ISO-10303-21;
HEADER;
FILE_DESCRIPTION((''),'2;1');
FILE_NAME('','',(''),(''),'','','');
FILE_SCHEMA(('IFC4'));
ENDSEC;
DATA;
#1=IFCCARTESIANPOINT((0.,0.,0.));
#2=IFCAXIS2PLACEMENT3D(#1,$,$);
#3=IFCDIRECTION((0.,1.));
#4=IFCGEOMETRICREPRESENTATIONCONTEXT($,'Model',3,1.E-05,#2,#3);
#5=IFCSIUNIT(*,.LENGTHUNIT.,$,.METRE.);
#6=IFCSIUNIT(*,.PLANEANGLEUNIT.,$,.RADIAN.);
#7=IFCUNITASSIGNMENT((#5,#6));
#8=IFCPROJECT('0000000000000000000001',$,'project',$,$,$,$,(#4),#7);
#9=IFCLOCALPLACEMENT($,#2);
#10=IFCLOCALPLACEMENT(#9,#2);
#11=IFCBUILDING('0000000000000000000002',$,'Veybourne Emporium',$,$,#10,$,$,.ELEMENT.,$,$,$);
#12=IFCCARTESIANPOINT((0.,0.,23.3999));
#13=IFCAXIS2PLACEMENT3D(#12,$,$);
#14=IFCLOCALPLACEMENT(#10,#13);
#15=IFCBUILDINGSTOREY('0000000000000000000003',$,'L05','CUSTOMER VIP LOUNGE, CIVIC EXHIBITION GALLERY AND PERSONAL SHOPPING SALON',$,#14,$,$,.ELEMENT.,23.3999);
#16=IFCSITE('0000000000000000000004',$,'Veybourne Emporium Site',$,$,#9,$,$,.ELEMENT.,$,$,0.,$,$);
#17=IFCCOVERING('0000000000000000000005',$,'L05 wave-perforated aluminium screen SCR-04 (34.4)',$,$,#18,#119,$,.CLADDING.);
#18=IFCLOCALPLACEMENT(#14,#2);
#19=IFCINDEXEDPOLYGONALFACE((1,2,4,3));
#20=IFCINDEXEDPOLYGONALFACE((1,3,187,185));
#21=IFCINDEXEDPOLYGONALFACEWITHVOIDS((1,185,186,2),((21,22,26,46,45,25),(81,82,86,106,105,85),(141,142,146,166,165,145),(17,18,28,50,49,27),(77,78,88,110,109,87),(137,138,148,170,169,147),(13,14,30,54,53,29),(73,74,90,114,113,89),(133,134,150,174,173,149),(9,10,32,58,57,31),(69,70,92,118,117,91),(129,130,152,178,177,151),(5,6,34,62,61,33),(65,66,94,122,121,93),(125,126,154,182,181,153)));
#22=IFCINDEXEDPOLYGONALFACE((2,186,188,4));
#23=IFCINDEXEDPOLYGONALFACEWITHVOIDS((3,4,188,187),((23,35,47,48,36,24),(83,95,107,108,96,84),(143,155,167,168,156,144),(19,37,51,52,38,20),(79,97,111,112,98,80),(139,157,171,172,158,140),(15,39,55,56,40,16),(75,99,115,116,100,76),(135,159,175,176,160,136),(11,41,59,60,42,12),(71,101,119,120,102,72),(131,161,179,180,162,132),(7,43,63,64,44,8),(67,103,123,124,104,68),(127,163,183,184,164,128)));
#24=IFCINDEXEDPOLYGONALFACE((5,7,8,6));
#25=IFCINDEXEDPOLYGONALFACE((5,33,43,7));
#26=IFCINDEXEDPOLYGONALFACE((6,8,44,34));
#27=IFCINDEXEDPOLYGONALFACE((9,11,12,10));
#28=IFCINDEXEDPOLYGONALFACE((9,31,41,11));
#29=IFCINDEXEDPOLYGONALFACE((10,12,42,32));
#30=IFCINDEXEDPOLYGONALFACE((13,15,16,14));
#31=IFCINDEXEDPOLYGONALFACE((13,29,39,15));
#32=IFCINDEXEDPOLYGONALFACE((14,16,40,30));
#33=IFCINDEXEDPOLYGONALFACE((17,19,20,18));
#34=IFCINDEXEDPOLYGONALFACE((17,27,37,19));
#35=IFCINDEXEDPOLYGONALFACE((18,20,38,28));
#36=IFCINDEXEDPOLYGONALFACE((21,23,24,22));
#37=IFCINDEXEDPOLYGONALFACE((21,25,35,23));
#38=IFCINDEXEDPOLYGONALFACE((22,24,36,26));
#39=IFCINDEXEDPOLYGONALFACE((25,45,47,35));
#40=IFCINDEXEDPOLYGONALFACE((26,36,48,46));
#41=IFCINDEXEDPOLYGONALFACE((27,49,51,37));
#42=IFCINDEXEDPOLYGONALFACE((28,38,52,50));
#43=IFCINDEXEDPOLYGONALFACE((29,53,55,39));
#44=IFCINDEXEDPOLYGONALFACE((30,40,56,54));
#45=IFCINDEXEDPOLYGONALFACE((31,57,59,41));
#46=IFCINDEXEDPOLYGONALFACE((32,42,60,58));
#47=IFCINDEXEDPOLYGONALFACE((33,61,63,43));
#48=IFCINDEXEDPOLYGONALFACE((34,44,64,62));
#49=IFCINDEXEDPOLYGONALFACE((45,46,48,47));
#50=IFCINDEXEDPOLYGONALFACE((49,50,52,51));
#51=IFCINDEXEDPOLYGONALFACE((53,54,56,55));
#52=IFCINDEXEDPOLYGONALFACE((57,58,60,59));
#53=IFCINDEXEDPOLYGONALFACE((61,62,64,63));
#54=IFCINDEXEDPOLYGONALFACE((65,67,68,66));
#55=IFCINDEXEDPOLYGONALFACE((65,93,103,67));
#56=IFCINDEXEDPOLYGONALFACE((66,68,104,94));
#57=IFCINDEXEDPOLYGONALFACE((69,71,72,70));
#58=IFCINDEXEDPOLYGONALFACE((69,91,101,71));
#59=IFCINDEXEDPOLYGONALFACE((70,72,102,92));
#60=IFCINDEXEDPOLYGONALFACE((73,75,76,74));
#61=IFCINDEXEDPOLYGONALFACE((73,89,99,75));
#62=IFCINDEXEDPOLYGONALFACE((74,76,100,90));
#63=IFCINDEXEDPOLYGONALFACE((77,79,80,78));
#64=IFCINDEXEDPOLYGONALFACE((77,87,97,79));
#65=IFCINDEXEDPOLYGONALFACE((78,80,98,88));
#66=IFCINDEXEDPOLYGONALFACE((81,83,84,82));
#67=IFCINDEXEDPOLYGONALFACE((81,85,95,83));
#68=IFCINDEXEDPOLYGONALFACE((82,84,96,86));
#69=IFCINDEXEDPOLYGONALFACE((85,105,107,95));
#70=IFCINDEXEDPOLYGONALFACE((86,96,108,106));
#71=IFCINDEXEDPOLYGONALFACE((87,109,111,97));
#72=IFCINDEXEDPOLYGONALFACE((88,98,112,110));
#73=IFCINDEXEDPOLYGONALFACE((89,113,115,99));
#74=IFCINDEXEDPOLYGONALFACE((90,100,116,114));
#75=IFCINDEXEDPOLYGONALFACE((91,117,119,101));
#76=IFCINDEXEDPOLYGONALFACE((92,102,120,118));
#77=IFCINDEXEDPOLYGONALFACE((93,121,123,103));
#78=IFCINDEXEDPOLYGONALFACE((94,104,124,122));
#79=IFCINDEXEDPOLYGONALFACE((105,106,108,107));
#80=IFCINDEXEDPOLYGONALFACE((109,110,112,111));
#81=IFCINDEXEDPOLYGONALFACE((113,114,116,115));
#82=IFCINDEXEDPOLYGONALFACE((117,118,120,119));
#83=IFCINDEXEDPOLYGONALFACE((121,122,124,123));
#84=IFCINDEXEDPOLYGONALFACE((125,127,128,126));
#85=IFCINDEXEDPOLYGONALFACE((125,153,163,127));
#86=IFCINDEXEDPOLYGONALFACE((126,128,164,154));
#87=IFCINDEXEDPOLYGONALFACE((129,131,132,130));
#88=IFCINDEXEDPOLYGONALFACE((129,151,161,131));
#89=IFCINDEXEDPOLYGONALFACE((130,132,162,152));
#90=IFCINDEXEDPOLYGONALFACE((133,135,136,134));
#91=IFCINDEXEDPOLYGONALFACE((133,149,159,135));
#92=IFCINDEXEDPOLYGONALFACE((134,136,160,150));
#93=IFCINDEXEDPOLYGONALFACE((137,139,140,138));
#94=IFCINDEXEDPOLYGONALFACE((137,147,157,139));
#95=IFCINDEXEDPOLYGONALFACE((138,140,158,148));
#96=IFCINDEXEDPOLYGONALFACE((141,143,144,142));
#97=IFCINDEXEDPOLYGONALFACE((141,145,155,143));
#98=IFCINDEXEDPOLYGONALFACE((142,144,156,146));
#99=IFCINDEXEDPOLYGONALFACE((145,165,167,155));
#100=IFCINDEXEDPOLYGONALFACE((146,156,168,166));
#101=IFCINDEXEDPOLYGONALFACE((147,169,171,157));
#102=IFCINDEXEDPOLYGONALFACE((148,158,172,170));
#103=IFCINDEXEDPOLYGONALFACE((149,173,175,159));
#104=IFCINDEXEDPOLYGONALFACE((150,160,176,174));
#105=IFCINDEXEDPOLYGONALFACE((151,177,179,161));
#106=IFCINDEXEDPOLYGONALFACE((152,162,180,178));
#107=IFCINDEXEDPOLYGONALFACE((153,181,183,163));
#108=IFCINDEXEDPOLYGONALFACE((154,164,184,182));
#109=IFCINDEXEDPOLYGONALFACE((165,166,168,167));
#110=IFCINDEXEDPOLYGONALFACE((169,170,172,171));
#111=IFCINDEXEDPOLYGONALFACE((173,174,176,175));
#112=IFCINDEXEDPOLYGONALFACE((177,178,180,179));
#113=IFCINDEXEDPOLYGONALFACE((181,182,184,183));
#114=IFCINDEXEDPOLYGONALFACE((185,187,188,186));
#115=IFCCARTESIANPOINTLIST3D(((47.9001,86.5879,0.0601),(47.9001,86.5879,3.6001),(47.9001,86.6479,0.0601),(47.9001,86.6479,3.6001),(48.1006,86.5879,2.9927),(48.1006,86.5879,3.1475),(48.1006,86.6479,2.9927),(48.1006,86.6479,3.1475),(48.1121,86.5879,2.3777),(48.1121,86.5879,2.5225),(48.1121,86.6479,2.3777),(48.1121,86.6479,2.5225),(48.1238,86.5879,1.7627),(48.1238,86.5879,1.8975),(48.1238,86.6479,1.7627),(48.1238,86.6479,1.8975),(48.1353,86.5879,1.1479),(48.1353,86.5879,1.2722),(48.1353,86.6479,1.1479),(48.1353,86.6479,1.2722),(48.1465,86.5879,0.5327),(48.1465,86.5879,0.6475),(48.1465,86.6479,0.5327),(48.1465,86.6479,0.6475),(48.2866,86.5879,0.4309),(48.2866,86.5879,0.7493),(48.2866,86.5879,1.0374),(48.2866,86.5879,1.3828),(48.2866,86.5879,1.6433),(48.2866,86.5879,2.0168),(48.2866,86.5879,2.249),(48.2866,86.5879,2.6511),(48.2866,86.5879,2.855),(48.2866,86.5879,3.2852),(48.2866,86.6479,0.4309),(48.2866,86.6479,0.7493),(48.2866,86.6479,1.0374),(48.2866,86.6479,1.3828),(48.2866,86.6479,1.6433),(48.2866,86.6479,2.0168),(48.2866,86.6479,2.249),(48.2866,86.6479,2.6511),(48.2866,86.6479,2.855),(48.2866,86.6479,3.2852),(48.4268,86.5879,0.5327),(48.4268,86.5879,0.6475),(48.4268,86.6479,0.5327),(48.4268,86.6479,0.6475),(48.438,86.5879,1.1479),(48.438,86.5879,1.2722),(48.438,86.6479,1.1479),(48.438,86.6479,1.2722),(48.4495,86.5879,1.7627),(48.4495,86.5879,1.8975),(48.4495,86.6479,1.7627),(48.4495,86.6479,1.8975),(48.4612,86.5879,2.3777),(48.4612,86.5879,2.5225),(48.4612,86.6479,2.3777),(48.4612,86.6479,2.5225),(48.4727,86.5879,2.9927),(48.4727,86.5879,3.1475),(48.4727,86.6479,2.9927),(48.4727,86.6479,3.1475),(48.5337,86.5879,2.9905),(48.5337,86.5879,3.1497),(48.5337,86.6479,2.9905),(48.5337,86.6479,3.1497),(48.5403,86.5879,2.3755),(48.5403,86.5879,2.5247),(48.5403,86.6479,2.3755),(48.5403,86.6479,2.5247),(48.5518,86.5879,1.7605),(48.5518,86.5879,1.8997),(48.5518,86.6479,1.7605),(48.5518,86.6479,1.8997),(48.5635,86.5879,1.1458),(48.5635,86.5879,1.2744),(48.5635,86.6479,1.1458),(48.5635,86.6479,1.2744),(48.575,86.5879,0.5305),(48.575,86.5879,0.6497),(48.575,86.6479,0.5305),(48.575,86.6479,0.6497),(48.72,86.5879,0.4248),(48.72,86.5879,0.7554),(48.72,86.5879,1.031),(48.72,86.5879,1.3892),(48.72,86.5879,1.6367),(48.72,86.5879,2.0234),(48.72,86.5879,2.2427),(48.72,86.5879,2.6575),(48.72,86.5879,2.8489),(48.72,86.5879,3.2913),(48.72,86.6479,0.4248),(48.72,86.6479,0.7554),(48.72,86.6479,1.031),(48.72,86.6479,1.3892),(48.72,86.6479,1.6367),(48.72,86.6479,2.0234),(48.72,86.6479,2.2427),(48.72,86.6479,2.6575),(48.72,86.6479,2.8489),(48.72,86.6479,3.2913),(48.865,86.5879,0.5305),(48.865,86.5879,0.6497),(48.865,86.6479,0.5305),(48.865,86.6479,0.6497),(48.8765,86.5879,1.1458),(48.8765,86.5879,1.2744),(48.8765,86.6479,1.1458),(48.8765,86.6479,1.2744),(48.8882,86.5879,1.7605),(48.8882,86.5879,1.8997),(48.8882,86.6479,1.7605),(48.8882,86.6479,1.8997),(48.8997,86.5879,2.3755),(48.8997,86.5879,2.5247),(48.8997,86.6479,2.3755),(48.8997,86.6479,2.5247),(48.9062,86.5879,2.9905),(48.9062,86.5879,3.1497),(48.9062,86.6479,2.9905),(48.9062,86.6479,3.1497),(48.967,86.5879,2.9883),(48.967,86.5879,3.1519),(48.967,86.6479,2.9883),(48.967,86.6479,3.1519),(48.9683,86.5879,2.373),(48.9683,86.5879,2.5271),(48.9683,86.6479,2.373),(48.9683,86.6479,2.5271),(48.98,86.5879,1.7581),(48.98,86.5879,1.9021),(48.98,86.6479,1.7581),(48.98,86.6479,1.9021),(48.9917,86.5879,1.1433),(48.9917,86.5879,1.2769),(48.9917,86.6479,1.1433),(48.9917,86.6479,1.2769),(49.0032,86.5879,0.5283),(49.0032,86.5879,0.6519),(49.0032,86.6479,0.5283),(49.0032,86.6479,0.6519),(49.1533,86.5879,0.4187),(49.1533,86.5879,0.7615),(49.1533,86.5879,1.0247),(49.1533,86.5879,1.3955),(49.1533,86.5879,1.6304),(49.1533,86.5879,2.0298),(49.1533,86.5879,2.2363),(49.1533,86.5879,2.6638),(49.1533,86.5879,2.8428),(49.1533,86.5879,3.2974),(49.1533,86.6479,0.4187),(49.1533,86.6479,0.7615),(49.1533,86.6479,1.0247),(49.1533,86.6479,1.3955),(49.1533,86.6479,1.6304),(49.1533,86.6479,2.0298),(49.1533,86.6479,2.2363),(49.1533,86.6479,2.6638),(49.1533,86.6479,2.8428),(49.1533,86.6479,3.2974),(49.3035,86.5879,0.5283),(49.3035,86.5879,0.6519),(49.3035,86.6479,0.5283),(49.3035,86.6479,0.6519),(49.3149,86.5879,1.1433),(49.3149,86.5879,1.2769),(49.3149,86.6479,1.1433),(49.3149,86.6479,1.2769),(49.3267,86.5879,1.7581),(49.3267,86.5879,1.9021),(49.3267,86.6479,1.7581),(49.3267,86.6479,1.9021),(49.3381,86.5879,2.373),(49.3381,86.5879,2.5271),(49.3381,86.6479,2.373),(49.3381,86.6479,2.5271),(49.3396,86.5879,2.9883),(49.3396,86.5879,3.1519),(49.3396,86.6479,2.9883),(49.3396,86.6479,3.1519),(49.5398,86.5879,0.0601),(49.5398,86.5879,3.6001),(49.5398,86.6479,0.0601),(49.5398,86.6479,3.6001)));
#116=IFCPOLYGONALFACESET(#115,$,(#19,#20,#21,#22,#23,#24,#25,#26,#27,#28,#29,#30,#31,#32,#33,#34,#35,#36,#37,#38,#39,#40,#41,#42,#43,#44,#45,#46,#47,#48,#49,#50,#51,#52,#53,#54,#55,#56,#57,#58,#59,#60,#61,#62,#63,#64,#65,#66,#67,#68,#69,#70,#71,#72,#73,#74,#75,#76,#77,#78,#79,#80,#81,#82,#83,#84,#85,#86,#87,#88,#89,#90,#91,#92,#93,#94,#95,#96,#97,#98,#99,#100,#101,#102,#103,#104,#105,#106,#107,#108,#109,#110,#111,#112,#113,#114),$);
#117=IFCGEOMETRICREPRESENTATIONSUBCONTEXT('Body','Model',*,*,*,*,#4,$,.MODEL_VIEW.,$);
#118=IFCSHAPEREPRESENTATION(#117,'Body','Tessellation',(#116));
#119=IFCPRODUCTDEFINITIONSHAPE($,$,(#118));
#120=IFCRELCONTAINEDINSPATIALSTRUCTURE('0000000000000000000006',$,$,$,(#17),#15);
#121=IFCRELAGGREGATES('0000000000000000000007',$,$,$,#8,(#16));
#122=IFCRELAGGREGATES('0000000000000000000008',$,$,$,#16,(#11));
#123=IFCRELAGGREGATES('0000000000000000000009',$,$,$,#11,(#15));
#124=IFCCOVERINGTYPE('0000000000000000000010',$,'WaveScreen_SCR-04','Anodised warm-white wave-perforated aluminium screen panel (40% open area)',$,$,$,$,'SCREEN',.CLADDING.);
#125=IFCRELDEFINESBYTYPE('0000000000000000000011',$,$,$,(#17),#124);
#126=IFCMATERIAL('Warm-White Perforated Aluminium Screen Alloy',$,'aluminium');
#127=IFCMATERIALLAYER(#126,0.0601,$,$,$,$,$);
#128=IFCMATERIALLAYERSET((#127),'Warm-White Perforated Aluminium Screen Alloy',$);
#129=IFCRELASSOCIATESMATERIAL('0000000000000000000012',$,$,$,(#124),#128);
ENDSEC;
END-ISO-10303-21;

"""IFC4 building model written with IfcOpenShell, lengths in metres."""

from ifc_helpers import new_model, si_unit, direction, frame, origin, place, context, subcontext, project, spatial, polyline, outline, extrude, material, layer, layer_set, type_object, element, save


model = new_model("IFC4")

# Units and contexts
model_context = context("Model", 3, precision=1e-05, world=origin(), true_north=direction((0.0, 1.0)))
body_context = subcontext(model_context, "Body", "Model", "MODEL_VIEW")
ifc_project = project(units=[si_unit("LENGTHUNIT", "METRE"), si_unit("PLANEANGLEUNIT", "RADIAN")], contexts=[model_context])

# Site, building, storey
site_placement = place(None, origin())
site = spatial("IfcSite", under=ifc_project, at=site_placement, Name="Veybourne Emporium Site", CompositionType="ELEMENT", RefElevation=0.0)
building_placement = place(site_placement, origin())
building = spatial("IfcBuilding", under=site, at=building_placement, Name="Veybourne Emporium", CompositionType="ELEMENT")
storey_placement = place(building_placement, frame((0.0, 0.0, 23.3999)))
storey = spatial("IfcBuildingStorey", under=building, at=storey_placement, Name="L05", Description="CUSTOMER VIP LOUNGE, CIVIC EXHIBITION GALLERY AND PERSONAL SHOPPING SALON", CompositionType="ELEMENT", Elevation=23.3999)

# Covering
ifc_material_1 = material(Name="Warm-White Perforated Aluminium Screen Alloy", Category="aluminium")
ifc_layer_1 = layer(ifc_material_1, 0.0601)
ifc_layer_set_1 = layer_set([ifc_layer_1], Name="Warm-White Perforated Aluminium Screen Alloy")
covering_type_1 = type_object("IfcCoveringType", Name="WaveScreen_SCR-04", Description="Anodised warm-white wave-perforated aluminium screen panel (40% open area)", ElementType="SCREEN", PredefinedType="CLADDING", material=ifc_layer_set_1)
covering_1_placement = place(storey_placement, frame((48.72, 86.6479, 1.8301), z_axis=(0.0, -1.0, 0.0), x_axis=(1.0, 0.0, 0.0)))
element("IfcCovering", 1, at=covering_1_placement, inside=storey, type_object=covering_type_1, Name="L05 wave-perforated aluminium screen SCR-04 (34.4)", PredefinedType="CLADDING", context=body_context, shape_type="SweptSolid", body=[
    extrude(outline(polyline([(-0.8198, -1.77), (0.8198, -1.77), (0.8198, 1.77), (-0.8198, 1.77), (-0.8198, -1.77)]), holes=[polyline([(-0.4333, -1.0808), (-0.2932, -1.1826), (-0.2932, -1.2974), (-0.4333, -1.3992), (-0.5735, -1.2974), (-0.5735, -1.1826), (-0.4333, -1.0808)]), polyline([(-0.4333, -0.4473), (-0.282, -0.5579), (-0.282, -0.6821), (-0.4333, -0.7927), (-0.5847, -0.6821), (-0.5847, -0.5579), (-0.4333, -0.4473)]), polyline([(-0.4333, 0.1868), (-0.2705, 0.0674), (-0.2705, -0.0674), (-0.4333, -0.1868), (-0.5962, -0.0674), (-0.5962, 0.0674), (-0.4333, 0.1868)]), polyline([(-0.4333, 0.821), (-0.2588, 0.6924), (-0.2588, 0.5476), (-0.4333, 0.4189), (-0.6079, 0.5476), (-0.6079, 0.6924), (-0.4333, 0.821)]), polyline([(-0.4333, 1.4551), (-0.2473, 1.3174), (-0.2473, 1.1626), (-0.4333, 1.0249), (-0.6194, 1.1626), (-0.6194, 1.3174), (-0.4333, 1.4551)]), polyline([(0.0, -1.0747), (0.145, -1.1804), (0.145, -1.2996), (0.0, -1.4053), (-0.145, -1.2996), (-0.145, -1.1804), (0.0, -1.0747)]), polyline([(0.0, -0.4409), (0.1565, -0.5557), (0.1565, -0.6843), (0.0, -0.7991), (-0.1565, -0.6843), (-0.1565, -0.5557), (0.0, -0.4409)]), polyline([(0.0, 0.1934), (0.1682, 0.0696), (0.1682, -0.0696), (0.0, -0.1934), (-0.1682, -0.0696), (-0.1682, 0.0696), (0.0, 0.1934)]), polyline([(0.0, 0.8274), (0.1797, 0.6946), (0.1797, 0.5454), (0.0, 0.4126), (-0.1797, 0.5454), (-0.1797, 0.6946), (0.0, 0.8274)]), polyline([(0.0, 1.4612), (0.1863, 1.3196), (0.1863, 1.1604), (0.0, 1.0188), (-0.1863, 1.1604), (-0.1863, 1.3196), (0.0, 1.4612)]), polyline([(0.4333, -1.0686), (0.5835, -1.1782), (0.5835, -1.3018), (0.4333, -1.4114), (0.2832, -1.3018), (0.2832, -1.1782), (0.4333, -1.0686)]), polyline([(0.4333, -0.4346), (0.595, -0.5532), (0.595, -0.6868), (0.4333, -0.8054), (0.2717, -0.6868), (0.2717, -0.5532), (0.4333, -0.4346)]), polyline([(0.4333, 0.1997), (0.6067, 0.072), (0.6067, -0.072), (0.4333, -0.1997), (0.26, -0.072), (0.26, 0.072), (0.4333, 0.1997)]), polyline([(0.4333, 0.8337), (0.6182, 0.697), (0.6182, 0.543), (0.4333, 0.4062), (0.2483, 0.543), (0.2483, 0.697), (0.4333, 0.8337)]), polyline([(0.4333, 1.4673), (0.6196, 1.3218), (0.6196, 1.1582), (0.4333, 1.0127), (0.2471, 1.1582), (0.2471, 1.3218), (0.4333, 1.4673)])]), origin(), (0.0, 0.0, 1.0), 0.0601),
])

save(model, "model.ifc")
